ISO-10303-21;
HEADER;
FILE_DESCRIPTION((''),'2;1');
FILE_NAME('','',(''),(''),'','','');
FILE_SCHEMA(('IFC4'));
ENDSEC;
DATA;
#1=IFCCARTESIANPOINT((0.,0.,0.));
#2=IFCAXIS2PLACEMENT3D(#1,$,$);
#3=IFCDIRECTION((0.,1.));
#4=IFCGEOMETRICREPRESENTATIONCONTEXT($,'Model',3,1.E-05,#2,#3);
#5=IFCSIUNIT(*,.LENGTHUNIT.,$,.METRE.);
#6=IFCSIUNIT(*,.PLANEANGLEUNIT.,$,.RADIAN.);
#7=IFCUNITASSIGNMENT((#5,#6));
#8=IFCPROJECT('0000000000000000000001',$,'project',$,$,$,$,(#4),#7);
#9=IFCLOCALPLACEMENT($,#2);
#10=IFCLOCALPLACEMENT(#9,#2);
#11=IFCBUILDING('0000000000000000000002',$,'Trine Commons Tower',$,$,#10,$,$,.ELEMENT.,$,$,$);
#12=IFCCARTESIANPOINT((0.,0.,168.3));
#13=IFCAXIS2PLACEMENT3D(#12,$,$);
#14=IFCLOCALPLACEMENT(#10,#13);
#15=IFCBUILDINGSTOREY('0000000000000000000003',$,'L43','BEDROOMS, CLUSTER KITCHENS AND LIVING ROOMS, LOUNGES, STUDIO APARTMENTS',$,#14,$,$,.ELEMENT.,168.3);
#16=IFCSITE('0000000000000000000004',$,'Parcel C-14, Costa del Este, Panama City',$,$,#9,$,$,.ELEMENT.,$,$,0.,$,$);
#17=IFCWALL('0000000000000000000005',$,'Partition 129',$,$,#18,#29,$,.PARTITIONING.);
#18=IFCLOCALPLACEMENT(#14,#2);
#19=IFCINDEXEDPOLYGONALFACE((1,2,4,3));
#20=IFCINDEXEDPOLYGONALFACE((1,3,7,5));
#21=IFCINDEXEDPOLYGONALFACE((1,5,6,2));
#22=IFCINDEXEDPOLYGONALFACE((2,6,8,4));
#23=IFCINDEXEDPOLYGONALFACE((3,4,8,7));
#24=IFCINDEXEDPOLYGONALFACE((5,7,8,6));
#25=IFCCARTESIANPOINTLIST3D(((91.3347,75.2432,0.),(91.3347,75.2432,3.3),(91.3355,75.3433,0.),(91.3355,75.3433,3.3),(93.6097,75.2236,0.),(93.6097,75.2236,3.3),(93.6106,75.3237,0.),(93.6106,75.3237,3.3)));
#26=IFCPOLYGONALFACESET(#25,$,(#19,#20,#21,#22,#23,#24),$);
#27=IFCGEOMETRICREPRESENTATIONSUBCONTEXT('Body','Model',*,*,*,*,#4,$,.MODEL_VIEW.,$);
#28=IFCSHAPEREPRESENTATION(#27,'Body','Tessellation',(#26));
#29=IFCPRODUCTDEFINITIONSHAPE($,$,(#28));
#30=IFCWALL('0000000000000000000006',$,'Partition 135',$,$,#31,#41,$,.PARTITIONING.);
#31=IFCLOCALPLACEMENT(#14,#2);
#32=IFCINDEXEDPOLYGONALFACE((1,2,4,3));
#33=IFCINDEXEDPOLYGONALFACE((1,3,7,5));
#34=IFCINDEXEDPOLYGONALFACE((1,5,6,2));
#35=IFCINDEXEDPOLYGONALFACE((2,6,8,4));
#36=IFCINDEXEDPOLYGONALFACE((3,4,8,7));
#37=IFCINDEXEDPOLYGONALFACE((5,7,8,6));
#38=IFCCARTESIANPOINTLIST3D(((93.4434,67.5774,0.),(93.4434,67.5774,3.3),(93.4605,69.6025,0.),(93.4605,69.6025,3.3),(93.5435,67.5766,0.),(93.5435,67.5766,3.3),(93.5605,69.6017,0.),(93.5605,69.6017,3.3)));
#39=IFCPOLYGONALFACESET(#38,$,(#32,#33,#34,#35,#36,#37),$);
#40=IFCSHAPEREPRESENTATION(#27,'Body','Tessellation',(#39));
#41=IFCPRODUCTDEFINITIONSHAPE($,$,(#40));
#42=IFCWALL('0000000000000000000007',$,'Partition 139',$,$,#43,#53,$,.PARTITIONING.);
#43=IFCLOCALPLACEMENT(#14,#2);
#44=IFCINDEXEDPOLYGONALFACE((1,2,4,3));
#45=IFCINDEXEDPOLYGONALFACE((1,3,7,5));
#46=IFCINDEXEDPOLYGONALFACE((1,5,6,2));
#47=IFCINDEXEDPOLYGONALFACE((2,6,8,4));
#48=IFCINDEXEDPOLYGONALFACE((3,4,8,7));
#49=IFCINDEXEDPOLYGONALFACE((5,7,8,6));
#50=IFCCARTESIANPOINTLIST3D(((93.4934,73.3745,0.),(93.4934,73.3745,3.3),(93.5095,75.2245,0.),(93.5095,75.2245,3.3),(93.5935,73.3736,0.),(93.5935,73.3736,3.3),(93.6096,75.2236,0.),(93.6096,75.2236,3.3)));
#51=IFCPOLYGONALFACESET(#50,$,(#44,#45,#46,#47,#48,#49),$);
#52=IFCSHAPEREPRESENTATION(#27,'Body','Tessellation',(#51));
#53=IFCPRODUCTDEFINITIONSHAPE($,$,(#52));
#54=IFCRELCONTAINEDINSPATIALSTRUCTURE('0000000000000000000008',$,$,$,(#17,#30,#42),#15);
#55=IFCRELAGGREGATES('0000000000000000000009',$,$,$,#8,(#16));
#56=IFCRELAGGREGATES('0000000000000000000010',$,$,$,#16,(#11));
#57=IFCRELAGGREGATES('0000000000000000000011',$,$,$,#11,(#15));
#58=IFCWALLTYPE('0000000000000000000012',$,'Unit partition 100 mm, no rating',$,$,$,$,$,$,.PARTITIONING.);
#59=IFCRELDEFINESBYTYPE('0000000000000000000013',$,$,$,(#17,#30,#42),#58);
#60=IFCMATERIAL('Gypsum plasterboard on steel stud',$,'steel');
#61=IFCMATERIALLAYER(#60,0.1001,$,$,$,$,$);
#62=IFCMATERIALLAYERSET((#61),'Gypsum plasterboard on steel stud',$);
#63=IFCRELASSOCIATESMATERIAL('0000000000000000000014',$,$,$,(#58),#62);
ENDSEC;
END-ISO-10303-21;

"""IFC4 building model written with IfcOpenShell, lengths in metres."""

from ifc_helpers import new_model, si_unit, direction, frame, frame_2d, origin, place, context, subcontext, project, spatial, rectangle, extrude, material, layer, layer_set, type_object, element, save


model = new_model("IFC4")

# Units and contexts
model_context = context("Model", 3, precision=1e-05, world=origin(), true_north=direction((0.0, 1.0)))
body_context = subcontext(model_context, "Body", "Model", "MODEL_VIEW")
ifc_project = project(units=[si_unit("LENGTHUNIT", "METRE"), si_unit("PLANEANGLEUNIT", "RADIAN")], contexts=[model_context])

# Site, building, storey
site_placement = place(None, origin())
site = spatial("IfcSite", under=ifc_project, at=site_placement, Name="Parcel C-14, Costa del Este, Panama City", CompositionType="ELEMENT", RefElevation=0.0)
building_placement = place(site_placement, origin())
building = spatial("IfcBuilding", under=site, at=building_placement, Name="Trine Commons Tower", CompositionType="ELEMENT")
storey_placement = place(building_placement, frame((0.0, 0.0, 168.3)))
storey = spatial("IfcBuildingStorey", under=building, at=storey_placement, Name="L43", Description="BEDROOMS, CLUSTER KITCHENS AND LIVING ROOMS, LOUNGES, STUDIO APARTMENTS", CompositionType="ELEMENT", Elevation=168.3)

# Shared definitions
ifc_material_1 = material(Name="Gypsum plasterboard on steel stud", Category="steel")

# Shared definitions
ifc_layer_1 = layer(ifc_material_1, 0.1001)
ifc_layer_set_1 = layer_set([ifc_layer_1], Name="Gypsum plasterboard on steel stud")
wall_type_1 = type_object("IfcWallType", Name="Unit partition 100 mm, no rating", PredefinedType="PARTITIONING", material=ifc_layer_set_1)

# Walls
wall_1_placement = place(storey_placement, frame((91.335, 75.2932, 0.0), z_axis=(0.0, 0.0, 1.0), x_axis=(0.999963, -0.008584, 0.0)))
element("IfcWall", 1, at=wall_1_placement, inside=storey, type_object=wall_type_1, Name="Partition 129", PredefinedType="PARTITIONING", context=body_context, shape_type="SweptSolid", body=[
    extrude(rectangle(XDim=2.2751, YDim=0.1001, at=frame_2d((1.1377, 0.0))), origin(), (0.0, 0.0, 1.0), 3.3),
])
wall_2_placement = place(storey_placement, frame((93.4934, 67.5769, 0.0), z_axis=(0.0, 0.0, 1.0), x_axis=(0.008439, 0.999964, 0.0)))
element("IfcWall", 2, at=wall_2_placement, inside=storey, type_object=wall_type_1, Name="Partition 135", PredefinedType="PARTITIONING", context=body_context, shape_type="SweptSolid", body=[
    extrude(rectangle(XDim=2.0251, YDim=0.1001, at=frame_2d((1.0127, 0.0))), origin(), (0.0, 0.0, 1.0), 3.3),
])
wall_3_placement = place(storey_placement, frame((93.5435, 73.374, 0.0), z_axis=(0.0, 0.0, 1.0), x_axis=(0.008709, 0.999962, 0.0)))
element("IfcWall", 3, at=wall_3_placement, inside=storey, type_object=wall_type_1, Name="Partition 139", PredefinedType="PARTITIONING", context=body_context, shape_type="SweptSolid", body=[
    extrude(rectangle(XDim=1.8501, YDim=0.1001, at=frame_2d((0.925, 0.0))), origin(), (0.0, 0.0, 1.0), 3.3),
])

save(model, "model.ifc")
